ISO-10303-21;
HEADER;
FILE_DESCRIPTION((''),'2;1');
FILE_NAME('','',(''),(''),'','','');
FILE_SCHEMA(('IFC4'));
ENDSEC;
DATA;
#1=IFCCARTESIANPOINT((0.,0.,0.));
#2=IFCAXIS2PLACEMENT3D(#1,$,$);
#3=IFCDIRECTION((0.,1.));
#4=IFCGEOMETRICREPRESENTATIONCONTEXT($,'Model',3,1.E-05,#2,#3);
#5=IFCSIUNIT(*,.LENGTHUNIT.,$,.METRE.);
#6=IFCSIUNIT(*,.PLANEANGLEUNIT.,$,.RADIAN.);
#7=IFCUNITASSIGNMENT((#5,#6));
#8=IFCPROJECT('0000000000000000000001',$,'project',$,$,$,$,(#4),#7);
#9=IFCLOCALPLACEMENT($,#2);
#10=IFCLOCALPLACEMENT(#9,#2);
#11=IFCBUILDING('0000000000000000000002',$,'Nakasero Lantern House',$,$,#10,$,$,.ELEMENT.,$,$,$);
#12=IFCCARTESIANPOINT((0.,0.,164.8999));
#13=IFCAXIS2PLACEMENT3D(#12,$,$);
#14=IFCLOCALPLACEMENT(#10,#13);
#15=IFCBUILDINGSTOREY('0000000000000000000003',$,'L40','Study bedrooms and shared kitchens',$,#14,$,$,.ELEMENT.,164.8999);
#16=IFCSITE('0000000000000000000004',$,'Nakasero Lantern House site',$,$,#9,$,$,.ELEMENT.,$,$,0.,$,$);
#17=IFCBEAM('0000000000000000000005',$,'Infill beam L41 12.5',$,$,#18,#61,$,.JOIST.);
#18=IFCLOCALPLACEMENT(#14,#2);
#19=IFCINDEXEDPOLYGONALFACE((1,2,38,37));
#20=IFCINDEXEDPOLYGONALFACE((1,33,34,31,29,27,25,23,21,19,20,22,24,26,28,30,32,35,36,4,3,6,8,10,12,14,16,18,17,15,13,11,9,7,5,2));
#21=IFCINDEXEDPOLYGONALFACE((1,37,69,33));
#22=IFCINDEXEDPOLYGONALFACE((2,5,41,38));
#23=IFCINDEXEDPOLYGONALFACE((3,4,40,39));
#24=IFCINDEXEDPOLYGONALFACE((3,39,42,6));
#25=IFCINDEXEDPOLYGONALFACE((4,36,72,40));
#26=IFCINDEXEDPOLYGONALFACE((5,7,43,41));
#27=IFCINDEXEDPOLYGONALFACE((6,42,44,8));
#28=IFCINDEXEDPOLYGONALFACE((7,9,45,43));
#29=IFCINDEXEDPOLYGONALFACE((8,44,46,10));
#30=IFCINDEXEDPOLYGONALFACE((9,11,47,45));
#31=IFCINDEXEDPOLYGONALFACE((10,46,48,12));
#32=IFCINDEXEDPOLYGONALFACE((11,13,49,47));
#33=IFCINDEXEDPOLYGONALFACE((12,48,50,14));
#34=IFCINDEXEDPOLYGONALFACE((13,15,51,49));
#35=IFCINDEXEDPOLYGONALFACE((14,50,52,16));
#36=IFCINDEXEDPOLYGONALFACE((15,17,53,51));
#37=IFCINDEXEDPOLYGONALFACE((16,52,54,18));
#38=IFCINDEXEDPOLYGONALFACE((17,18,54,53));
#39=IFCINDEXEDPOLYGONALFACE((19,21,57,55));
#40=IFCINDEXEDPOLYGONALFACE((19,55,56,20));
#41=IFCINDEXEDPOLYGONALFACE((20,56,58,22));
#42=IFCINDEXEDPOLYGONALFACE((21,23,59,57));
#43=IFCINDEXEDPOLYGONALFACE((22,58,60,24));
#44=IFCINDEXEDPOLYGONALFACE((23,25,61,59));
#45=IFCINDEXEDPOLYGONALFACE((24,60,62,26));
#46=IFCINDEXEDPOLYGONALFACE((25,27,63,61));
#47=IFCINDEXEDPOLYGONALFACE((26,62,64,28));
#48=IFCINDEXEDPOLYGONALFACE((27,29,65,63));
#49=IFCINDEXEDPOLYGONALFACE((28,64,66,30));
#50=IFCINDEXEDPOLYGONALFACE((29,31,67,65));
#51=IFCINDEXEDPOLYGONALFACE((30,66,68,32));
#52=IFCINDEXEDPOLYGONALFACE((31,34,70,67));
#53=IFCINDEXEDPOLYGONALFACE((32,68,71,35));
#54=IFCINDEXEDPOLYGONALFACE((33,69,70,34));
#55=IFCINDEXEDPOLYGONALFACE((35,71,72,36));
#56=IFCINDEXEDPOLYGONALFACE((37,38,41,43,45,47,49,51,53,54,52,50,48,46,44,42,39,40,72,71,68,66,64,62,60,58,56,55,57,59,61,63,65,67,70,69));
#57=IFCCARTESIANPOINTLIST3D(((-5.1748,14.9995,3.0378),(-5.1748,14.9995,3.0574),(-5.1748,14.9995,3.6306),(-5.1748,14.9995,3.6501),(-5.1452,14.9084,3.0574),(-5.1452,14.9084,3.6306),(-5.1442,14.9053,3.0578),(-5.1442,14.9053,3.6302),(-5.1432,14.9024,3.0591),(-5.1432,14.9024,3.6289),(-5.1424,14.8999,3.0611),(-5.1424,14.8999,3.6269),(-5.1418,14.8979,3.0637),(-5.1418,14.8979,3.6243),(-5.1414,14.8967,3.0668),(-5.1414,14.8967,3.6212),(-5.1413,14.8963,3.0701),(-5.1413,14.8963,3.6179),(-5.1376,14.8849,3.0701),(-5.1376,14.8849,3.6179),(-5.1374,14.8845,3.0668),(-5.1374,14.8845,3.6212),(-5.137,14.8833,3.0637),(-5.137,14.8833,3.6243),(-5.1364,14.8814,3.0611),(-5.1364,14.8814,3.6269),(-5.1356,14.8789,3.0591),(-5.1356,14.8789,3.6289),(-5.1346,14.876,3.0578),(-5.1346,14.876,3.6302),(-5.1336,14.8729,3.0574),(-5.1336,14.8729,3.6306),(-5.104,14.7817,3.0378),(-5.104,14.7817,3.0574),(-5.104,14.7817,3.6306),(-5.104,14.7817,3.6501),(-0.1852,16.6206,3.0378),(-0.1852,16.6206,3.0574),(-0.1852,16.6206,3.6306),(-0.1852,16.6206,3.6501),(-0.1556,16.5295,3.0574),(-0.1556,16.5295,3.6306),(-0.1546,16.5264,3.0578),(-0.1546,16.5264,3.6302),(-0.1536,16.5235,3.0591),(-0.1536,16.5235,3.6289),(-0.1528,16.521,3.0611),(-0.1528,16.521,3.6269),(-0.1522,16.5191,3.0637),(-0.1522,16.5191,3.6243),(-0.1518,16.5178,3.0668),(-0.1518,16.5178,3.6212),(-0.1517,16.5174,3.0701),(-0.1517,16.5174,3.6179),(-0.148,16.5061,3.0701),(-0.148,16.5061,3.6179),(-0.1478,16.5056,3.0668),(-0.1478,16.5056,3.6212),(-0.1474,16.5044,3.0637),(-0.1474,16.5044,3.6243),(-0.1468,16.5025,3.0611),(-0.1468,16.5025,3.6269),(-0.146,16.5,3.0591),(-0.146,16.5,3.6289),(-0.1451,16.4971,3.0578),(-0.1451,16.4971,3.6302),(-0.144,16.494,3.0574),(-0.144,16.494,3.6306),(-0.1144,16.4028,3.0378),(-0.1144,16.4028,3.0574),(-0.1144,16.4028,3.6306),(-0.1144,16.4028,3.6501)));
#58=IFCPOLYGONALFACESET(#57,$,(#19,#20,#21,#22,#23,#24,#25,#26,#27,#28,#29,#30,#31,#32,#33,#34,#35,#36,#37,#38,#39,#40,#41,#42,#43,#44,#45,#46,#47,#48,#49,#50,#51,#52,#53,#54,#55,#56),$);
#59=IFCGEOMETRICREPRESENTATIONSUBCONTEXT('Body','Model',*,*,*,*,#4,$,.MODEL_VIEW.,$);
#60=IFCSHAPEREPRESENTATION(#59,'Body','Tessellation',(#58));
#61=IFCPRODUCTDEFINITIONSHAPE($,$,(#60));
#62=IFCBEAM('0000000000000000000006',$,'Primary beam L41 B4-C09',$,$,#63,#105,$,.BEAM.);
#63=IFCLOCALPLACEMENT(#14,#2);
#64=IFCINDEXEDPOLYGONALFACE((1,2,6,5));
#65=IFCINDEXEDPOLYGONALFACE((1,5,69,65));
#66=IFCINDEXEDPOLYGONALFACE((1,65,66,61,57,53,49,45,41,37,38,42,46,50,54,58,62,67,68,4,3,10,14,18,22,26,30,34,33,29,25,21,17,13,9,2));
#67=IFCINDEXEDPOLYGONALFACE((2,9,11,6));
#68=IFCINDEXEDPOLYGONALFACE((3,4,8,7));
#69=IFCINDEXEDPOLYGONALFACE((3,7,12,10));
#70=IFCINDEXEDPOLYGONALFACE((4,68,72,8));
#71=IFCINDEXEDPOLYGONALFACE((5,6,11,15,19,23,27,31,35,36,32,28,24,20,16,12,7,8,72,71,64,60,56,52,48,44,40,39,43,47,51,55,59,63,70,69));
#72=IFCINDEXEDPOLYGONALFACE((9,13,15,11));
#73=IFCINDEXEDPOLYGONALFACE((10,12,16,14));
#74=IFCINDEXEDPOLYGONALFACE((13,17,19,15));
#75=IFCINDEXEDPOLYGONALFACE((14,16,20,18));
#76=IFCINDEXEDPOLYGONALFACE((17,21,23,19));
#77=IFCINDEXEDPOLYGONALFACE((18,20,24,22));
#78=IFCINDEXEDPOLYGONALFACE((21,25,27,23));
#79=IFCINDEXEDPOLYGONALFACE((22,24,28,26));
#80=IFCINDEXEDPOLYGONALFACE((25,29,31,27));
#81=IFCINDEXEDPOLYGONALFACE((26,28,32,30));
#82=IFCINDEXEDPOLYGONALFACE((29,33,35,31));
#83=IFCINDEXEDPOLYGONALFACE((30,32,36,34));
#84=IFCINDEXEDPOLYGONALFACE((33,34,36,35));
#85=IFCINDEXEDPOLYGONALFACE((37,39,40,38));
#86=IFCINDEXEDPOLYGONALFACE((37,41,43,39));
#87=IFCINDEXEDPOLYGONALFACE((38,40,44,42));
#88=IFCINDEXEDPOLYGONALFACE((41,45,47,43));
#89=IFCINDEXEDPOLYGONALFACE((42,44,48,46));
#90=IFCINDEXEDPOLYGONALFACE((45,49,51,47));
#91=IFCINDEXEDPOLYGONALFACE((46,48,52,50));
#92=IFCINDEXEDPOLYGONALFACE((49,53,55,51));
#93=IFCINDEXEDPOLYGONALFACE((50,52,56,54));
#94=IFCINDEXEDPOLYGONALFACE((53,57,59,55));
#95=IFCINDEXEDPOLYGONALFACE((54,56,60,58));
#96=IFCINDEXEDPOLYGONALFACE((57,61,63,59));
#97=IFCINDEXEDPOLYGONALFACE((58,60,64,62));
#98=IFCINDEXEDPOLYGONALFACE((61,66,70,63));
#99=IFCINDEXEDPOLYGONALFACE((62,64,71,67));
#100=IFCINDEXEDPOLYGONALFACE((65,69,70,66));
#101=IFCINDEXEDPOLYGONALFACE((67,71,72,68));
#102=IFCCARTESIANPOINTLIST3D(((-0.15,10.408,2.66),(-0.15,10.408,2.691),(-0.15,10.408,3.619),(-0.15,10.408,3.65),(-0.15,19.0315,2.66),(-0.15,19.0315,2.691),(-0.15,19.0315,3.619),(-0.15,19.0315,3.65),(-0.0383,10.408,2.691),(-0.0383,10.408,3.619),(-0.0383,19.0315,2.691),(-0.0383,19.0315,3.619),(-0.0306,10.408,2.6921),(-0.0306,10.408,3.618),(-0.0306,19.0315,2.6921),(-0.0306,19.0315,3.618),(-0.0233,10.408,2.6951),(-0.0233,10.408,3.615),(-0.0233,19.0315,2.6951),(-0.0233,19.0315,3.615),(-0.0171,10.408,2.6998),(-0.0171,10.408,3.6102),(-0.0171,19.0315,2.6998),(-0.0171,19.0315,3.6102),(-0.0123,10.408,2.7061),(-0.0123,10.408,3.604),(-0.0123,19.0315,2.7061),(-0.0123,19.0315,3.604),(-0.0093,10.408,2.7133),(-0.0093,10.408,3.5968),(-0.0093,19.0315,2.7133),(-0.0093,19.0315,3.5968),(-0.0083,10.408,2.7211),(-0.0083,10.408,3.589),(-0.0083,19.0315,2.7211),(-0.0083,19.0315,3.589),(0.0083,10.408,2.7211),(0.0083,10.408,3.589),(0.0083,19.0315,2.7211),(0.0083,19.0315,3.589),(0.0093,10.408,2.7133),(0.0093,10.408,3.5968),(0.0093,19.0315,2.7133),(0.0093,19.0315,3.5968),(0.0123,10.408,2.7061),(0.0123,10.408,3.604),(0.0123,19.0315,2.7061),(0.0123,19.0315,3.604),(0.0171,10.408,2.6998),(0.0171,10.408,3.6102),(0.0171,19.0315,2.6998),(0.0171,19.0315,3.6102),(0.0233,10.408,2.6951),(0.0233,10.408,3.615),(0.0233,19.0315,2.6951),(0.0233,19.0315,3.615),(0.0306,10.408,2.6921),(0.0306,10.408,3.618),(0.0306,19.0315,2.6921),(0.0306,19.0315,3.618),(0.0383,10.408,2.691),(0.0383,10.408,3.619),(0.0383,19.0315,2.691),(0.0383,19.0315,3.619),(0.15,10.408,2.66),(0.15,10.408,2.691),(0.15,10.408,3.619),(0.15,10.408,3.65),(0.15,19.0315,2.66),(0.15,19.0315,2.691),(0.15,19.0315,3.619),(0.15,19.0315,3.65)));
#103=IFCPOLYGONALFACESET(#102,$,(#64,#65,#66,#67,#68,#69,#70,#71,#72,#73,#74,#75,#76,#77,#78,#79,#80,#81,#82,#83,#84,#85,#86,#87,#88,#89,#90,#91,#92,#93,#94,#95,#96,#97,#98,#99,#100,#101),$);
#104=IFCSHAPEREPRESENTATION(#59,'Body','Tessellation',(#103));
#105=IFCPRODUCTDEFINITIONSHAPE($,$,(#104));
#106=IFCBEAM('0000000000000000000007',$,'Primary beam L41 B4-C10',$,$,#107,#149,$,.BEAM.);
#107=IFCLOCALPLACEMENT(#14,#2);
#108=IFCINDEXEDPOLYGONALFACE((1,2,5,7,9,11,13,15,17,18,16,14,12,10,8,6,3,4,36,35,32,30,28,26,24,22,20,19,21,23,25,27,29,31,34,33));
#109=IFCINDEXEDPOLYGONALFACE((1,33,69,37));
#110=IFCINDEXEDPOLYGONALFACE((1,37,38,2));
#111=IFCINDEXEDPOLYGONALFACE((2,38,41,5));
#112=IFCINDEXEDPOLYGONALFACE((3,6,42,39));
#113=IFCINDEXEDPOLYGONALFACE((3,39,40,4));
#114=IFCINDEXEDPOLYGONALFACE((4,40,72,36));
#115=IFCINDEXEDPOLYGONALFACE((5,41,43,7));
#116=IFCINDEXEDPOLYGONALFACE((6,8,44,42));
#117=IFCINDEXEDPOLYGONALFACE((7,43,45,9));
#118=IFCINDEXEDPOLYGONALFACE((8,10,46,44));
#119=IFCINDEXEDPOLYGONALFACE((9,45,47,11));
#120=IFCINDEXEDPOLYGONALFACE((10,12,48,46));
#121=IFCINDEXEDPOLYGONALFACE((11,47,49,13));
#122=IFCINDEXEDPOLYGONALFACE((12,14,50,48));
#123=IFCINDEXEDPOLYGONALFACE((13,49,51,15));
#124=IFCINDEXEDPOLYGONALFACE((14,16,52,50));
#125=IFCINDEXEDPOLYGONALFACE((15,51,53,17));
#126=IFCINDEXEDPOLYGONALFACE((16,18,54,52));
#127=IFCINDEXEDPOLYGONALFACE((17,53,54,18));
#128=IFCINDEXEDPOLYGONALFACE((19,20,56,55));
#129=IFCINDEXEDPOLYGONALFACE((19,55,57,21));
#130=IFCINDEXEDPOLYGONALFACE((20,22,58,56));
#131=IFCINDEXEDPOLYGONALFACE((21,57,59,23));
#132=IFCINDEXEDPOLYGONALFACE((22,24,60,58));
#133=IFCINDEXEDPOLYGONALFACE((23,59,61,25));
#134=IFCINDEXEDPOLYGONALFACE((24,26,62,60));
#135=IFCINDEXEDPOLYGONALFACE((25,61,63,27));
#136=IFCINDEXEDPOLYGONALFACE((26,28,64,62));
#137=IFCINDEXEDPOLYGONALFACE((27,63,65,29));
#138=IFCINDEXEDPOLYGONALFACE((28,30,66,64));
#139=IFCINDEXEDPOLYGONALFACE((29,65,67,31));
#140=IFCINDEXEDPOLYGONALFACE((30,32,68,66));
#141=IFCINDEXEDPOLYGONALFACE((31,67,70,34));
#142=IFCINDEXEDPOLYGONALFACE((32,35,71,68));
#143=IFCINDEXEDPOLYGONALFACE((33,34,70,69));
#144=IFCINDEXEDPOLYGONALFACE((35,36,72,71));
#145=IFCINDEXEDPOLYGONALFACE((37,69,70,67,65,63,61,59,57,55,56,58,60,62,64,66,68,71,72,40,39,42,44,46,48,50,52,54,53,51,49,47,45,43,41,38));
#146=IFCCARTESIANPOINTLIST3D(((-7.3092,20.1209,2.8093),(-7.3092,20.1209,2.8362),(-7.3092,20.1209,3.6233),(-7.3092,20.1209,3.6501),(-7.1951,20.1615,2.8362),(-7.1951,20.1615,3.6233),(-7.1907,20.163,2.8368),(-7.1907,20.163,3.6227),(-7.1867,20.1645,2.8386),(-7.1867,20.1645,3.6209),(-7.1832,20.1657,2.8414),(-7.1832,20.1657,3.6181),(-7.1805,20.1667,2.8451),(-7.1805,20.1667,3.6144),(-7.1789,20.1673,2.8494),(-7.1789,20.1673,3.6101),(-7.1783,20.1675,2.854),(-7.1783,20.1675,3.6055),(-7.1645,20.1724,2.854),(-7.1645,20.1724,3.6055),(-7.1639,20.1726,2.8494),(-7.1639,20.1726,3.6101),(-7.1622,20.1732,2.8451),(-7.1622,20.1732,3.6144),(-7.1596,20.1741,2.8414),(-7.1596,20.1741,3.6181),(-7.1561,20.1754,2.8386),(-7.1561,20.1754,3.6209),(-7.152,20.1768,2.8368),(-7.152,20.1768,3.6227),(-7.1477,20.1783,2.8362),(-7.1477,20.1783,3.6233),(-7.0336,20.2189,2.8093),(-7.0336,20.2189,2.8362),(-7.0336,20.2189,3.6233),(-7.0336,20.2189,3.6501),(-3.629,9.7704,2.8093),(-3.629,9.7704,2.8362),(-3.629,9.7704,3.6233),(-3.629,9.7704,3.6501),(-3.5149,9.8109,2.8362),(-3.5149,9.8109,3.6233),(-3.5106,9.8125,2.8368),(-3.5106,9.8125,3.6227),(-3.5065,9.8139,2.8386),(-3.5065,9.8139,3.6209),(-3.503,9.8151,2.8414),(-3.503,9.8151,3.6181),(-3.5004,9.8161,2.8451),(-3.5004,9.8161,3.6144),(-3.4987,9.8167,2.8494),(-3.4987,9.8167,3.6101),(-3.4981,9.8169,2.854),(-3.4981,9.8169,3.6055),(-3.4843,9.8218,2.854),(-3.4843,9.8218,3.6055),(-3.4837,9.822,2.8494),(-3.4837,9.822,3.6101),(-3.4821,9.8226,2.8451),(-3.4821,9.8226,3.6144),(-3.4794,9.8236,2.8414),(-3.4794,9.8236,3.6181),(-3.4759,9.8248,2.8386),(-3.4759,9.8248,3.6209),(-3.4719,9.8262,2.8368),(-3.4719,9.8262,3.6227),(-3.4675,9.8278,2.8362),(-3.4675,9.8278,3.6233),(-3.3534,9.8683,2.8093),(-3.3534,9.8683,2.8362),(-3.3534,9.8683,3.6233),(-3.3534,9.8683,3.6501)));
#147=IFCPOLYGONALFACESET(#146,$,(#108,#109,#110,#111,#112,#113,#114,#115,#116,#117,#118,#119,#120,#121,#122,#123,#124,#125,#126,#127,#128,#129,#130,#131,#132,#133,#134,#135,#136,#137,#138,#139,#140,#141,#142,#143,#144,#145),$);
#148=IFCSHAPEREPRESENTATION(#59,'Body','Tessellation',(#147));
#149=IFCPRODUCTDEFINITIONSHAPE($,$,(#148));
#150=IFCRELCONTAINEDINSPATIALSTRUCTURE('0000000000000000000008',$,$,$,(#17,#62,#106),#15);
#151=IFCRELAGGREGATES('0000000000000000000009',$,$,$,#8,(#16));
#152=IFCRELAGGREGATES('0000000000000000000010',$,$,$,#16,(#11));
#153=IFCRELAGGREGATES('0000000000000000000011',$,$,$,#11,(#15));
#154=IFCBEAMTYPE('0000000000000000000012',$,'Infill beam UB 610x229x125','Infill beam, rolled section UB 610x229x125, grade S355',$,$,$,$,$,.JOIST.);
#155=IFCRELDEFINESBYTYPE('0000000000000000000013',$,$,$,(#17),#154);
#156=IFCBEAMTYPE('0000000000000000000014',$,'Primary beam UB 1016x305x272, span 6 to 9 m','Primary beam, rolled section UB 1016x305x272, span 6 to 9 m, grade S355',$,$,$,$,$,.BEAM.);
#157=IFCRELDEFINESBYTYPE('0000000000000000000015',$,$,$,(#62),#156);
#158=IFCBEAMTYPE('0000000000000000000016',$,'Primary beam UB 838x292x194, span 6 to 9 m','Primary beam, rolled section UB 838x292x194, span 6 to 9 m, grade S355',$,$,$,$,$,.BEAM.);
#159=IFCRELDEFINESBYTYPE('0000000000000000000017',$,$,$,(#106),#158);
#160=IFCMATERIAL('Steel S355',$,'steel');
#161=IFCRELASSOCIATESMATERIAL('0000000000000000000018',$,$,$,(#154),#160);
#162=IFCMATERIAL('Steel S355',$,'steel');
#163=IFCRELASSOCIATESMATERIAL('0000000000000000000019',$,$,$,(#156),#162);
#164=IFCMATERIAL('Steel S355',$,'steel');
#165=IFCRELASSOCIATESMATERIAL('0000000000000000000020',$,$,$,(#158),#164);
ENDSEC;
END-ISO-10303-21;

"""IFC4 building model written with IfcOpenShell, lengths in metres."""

from ifc_helpers import new_model, si_unit, direction, frame, origin, origin_2d, place, context, subcontext, project, spatial, i_section, extrude, material, material_profile, profile_set, type_object, element, save


model = new_model("IFC4")

# Units and contexts
model_context = context("Model", 3, precision=1e-05, world=origin(), true_north=direction((0.0, 1.0)))
body_context = subcontext(model_context, "Body", "Model", "MODEL_VIEW")
ifc_project = project(units=[si_unit("LENGTHUNIT", "METRE"), si_unit("PLANEANGLEUNIT", "RADIAN")], contexts=[model_context])

# Site, building, storey
site_placement = place(None, origin())
site = spatial("IfcSite", under=ifc_project, at=site_placement, Name="Nakasero Lantern House site", CompositionType="ELEMENT", RefElevation=0.0)
building_placement = place(site_placement, origin())
building = spatial("IfcBuilding", under=site, at=building_placement, Name="Nakasero Lantern House", CompositionType="ELEMENT")
storey_placement = place(building_placement, frame((0.0, 0.0, 164.8999)))
storey = spatial("IfcBuildingStorey", under=building, at=storey_placement, Name="L40", Description="Study bedrooms and shared kitchens", CompositionType="ELEMENT", Elevation=164.8999)

# Beams
ifc_material_1 = material(Name="Steel S355", Category="steel")
ifc_material_profile_1 = material_profile(ifc_material_1, i_section(OverallWidth=0.229, OverallDepth=0.6123, WebThickness=0.012, FlangeThickness=0.0195, FilletRadius=0.0127, at=origin_2d()), Name="UB 610x229x125")
ifc_profile_set_1 = profile_set([ifc_material_profile_1], Name="Steel S355")
beam_type_1 = type_object("IfcBeamType", Name="Infill beam UB 610x229x125", Description="Infill beam, rolled section UB 610x229x125, grade S355", PredefinedType="JOIST", material=ifc_profile_set_1)
beam_1_placement = place(storey_placement, frame((-5.1394, 14.8906, 3.344), z_axis=(0.951062, 0.309001, 0.0), x_axis=(-0.309001, 0.951062, 0.0)))
element("IfcBeam", 1, at=beam_1_placement, inside=storey, type_object=beam_type_1, Name="Infill beam L41 12.5", PredefinedType="JOIST", context=body_context, shape_type="SweptSolid", body=[
    extrude(i_section(OverallWidth=0.229, OverallDepth=0.6123, WebThickness=0.012, FlangeThickness=0.0195, FilletRadius=0.0127, at=origin_2d()), origin(), (0.0, 0.0, 1.0), 5.2463),
])
ifc_material_2 = material(Name="Steel S355", Category="steel")
ifc_material_profile_2 = material_profile(ifc_material_2, i_section(OverallWidth=0.3, OverallDepth=0.99, WebThickness=0.0166, FlangeThickness=0.031, FilletRadius=0.03, at=origin_2d()), Name="UB 1016x305x272")
ifc_profile_set_2 = profile_set([ifc_material_profile_2], Name="Steel S355")
beam_type_2 = type_object("IfcBeamType", Name="Primary beam UB 1016x305x272, span 6 to 9 m", Description="Primary beam, rolled section UB 1016x305x272, span 6 to 9 m, grade S355", PredefinedType="BEAM", material=ifc_profile_set_2)
beam_2_placement = place(storey_placement, frame((0.0, 19.0315, 3.155), z_axis=(0.0, -1.0, 0.0), x_axis=(1.0, 0.0, 0.0)))
element("IfcBeam", 2, at=beam_2_placement, inside=storey, type_object=beam_type_2, Name="Primary beam L41 B4-C09", PredefinedType="BEAM", context=body_context, shape_type="SweptSolid", body=[
    extrude(i_section(OverallWidth=0.3, OverallDepth=0.99, WebThickness=0.0166, FlangeThickness=0.031, FilletRadius=0.03, at=origin_2d()), origin(), (0.0, 0.0, 1.0), 8.6235),
])
ifc_material_3 = material(Name="Steel S355", Category="steel")
ifc_material_profile_3 = material_profile(ifc_material_3, i_section(OverallWidth=0.2925, OverallDepth=0.8408, WebThickness=0.0146, FlangeThickness=0.0269, FilletRadius=0.0178, at=origin_2d()), Name="UB 838x292x194")
ifc_profile_set_3 = profile_set([ifc_material_profile_3], Name="Steel S355")
beam_type_3 = type_object("IfcBeamType", Name="Primary beam UB 838x292x194, span 6 to 9 m", Description="Primary beam, rolled section UB 838x292x194, span 6 to 9 m, grade S355", PredefinedType="BEAM", material=ifc_profile_set_3)
beam_3_placement = place(storey_placement, frame((-7.1714, 20.1699, 3.2297), z_axis=(0.335007, -0.942216, 0.0), x_axis=(0.942216, 0.335007, 0.0)))
element("IfcBeam", 3, at=beam_3_placement, inside=storey, type_object=beam_type_3, Name="Primary beam L41 B4-C10", PredefinedType="BEAM", context=body_context, shape_type="SweptSolid", body=[
    extrude(i_section(OverallWidth=0.2925, OverallDepth=0.8408, WebThickness=0.0146, FlangeThickness=0.0269, FilletRadius=0.0178, at=origin_2d()), origin(), (0.0, 0.0, 1.0), 10.9854),
])

save(model, "model.ifc")
